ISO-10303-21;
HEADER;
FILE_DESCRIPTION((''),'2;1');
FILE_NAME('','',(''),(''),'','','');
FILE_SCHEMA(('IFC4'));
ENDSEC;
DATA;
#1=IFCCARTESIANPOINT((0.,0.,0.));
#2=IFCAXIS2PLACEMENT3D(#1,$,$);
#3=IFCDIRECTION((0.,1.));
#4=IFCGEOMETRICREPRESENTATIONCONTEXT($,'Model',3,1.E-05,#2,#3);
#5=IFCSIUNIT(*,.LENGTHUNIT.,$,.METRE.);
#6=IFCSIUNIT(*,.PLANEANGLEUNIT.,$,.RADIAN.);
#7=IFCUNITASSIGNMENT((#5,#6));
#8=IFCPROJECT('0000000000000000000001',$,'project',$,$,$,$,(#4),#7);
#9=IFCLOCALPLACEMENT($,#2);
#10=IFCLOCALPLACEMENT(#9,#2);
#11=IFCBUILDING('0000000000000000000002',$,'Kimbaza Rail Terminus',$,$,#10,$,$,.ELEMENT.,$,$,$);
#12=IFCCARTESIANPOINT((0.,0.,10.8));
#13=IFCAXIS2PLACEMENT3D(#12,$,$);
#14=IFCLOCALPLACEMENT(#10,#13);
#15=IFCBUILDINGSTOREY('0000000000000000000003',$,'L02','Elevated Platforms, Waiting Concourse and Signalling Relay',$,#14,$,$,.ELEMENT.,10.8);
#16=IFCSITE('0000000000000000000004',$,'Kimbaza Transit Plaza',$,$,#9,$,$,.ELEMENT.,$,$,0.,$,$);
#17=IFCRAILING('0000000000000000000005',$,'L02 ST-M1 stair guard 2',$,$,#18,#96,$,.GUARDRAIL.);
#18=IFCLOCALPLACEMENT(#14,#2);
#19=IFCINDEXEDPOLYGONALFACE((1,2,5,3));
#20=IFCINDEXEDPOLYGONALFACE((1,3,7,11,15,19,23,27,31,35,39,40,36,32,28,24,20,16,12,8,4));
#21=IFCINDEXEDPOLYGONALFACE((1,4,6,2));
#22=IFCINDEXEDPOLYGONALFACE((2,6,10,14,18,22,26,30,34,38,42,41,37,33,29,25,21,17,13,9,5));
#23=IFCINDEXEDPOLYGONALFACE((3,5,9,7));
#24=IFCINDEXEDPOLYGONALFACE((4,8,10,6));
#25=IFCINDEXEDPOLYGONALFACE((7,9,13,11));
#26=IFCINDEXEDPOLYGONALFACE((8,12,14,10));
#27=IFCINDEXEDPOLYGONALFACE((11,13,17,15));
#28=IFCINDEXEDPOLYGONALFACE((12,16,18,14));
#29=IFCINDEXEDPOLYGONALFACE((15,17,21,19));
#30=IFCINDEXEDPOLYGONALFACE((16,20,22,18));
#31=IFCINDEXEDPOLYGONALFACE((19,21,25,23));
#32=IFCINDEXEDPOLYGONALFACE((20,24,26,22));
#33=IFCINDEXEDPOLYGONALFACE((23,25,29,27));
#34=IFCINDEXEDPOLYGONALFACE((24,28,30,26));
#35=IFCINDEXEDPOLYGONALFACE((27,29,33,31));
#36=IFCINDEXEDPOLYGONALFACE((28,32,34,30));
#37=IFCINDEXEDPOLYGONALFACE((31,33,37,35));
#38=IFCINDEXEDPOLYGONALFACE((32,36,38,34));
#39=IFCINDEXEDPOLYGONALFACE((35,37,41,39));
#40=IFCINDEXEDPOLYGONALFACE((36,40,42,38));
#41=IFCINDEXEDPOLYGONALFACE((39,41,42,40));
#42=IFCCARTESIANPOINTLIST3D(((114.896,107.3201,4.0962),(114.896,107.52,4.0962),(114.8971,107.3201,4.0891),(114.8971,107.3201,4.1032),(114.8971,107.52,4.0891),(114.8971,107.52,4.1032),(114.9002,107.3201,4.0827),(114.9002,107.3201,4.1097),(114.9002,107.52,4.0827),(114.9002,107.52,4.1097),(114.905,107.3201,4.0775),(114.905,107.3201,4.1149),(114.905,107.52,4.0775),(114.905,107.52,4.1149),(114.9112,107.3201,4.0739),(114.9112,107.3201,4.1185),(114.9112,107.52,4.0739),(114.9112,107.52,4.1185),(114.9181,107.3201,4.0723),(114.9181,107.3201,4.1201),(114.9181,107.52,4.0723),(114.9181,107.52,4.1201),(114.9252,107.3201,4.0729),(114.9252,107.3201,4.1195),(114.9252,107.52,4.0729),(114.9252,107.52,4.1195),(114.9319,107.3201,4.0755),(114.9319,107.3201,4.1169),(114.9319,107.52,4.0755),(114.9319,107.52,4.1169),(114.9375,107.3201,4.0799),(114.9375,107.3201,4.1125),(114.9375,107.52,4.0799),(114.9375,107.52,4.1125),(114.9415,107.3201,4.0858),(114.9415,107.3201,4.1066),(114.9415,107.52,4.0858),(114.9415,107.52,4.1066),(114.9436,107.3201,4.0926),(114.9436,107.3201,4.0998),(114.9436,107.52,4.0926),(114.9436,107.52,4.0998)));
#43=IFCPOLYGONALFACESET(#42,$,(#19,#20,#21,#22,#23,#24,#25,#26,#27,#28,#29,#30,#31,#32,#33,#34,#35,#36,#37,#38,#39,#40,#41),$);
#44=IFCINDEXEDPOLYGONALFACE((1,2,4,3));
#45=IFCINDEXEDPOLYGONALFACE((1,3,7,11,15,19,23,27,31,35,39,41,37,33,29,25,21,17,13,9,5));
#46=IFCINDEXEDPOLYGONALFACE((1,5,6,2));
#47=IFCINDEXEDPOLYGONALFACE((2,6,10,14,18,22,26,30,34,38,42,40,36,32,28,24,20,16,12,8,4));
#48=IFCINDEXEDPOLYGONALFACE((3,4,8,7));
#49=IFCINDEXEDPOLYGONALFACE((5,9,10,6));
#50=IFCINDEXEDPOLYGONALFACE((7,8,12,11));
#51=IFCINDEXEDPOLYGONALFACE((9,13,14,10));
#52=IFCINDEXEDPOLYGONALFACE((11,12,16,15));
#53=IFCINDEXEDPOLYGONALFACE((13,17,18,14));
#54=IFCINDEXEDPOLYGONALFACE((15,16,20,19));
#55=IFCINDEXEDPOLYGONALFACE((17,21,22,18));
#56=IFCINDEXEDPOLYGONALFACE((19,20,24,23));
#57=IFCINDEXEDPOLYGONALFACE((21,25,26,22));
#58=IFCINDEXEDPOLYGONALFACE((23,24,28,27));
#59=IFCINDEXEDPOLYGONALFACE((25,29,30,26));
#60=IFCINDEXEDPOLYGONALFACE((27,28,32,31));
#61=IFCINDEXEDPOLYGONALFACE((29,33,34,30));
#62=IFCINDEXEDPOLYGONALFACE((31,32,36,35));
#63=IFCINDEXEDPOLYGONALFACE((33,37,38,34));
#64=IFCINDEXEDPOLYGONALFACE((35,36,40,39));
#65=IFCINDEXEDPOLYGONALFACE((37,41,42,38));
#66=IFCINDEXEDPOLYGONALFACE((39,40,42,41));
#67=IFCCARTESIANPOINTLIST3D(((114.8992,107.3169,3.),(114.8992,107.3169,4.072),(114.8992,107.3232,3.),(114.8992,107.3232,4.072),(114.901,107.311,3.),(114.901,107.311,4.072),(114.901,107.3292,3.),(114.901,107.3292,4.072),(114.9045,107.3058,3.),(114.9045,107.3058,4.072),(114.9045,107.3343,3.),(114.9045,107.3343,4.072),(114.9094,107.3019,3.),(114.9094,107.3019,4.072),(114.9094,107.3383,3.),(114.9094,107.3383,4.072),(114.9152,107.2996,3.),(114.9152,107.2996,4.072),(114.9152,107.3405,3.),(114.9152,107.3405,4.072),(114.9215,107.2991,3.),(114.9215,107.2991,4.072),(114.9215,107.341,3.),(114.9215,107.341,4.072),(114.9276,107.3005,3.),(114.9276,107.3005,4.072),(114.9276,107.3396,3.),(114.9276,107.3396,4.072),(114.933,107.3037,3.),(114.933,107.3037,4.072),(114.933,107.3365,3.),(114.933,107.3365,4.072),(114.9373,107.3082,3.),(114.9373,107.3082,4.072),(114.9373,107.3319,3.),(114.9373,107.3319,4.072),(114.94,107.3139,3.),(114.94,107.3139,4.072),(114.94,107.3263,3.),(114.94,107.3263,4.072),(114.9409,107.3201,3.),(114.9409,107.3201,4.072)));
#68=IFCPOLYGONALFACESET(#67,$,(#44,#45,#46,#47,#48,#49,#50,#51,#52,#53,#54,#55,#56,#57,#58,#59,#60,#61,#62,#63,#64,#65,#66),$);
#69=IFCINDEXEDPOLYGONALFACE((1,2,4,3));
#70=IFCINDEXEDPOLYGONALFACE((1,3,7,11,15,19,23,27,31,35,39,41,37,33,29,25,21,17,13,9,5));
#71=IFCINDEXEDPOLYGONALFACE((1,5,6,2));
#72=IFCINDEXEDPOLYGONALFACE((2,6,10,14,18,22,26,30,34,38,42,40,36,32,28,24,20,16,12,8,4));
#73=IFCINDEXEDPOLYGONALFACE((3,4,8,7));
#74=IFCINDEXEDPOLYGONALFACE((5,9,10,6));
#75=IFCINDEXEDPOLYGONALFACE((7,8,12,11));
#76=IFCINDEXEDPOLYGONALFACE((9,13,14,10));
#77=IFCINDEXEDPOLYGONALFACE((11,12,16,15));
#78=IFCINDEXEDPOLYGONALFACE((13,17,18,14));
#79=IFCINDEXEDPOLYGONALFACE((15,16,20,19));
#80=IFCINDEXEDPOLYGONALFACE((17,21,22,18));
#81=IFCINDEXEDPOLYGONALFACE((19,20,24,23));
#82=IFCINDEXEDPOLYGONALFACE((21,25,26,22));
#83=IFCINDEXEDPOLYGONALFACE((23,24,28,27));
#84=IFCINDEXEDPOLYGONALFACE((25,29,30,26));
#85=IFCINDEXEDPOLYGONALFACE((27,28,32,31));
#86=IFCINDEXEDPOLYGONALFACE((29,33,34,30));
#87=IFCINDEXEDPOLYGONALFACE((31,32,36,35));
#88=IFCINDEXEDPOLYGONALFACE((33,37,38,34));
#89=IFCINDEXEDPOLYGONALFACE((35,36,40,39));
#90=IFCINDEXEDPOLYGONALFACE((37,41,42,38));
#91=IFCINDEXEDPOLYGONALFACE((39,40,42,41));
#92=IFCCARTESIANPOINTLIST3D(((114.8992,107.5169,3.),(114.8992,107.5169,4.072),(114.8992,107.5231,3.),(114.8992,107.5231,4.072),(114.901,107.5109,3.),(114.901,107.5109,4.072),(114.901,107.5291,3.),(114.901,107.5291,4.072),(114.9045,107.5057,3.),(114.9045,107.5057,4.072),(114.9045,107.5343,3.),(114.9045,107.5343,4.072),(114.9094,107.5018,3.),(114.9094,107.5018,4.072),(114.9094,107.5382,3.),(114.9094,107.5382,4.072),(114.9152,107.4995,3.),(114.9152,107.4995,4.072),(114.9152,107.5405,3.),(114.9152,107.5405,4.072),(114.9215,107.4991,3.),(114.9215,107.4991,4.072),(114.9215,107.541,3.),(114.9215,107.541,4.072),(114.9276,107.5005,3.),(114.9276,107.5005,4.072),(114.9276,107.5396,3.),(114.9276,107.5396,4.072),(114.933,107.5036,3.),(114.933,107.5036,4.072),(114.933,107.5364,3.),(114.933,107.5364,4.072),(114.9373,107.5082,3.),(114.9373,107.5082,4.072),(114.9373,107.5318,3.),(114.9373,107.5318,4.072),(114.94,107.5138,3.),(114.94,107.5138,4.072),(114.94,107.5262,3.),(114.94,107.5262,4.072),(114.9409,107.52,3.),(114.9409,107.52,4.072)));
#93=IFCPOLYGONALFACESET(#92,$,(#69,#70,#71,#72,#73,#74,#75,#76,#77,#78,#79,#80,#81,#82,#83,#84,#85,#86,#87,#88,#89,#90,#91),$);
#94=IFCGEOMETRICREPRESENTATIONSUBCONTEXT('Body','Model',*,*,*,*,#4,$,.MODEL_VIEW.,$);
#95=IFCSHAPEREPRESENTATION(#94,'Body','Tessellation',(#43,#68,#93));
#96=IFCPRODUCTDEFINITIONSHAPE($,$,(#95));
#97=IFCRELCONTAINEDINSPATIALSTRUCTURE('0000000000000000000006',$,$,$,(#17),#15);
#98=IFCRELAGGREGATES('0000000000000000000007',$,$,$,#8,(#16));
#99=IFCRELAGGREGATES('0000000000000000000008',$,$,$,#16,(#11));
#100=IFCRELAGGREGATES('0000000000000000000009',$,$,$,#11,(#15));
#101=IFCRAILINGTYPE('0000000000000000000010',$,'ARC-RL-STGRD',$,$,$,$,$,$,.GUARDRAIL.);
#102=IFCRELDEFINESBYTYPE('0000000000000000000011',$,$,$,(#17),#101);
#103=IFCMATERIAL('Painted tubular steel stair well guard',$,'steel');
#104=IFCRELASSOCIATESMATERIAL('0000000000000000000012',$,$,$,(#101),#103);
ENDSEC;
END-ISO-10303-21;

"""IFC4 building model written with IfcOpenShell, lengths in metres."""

from ifc_helpers import new_model, si_unit, direction, frame, origin, origin_2d, place, context, subcontext, project, spatial, circle, extrude, material, type_object, element, save


model = new_model("IFC4")

# Units and contexts
model_context = context("Model", 3, precision=1e-05, world=origin(), true_north=direction((0.0, 1.0)))
body_context = subcontext(model_context, "Body", "Model", "MODEL_VIEW")
ifc_project = project(units=[si_unit("LENGTHUNIT", "METRE"), si_unit("PLANEANGLEUNIT", "RADIAN")], contexts=[model_context])

# Site, building, storey
site_placement = place(None, origin())
site = spatial("IfcSite", under=ifc_project, at=site_placement, Name="Kimbaza Transit Plaza", CompositionType="ELEMENT", RefElevation=0.0)
building_placement = place(site_placement, origin())
building = spatial("IfcBuilding", under=site, at=building_placement, Name="Kimbaza Rail Terminus", CompositionType="ELEMENT")
storey_placement = place(building_placement, frame((0.0, 0.0, 10.8)))
storey = spatial("IfcBuildingStorey", under=building, at=storey_placement, Name="L02", Description="Elevated Platforms, Waiting Concourse and Signalling Relay", CompositionType="ELEMENT", Elevation=10.8)

# Railing
ifc_material_1 = material(Name="Painted tubular steel stair well guard", Category="steel")
railing_type_1 = type_object("IfcRailingType", Name="ARC-RL-STGRD", PredefinedType="GUARDRAIL", material=ifc_material_1)
railing_1_placement = place(storey_placement, frame((114.9199, 107.3201, 3.0)))
element("IfcRailing", 1, at=railing_1_placement, inside=storey, type_object=railing_type_1, Name="L02 ST-M1 stair guard 2", PredefinedType="GUARDRAIL", context=body_context, shape_type="SweptSolid", body=[
    extrude(circle(Radius=0.0239, at=origin_2d()), frame((0.0, 0.0, 1.0962), z_axis=(0.0, 1.0, 0.0), x_axis=(-1.0, 0.0, 0.0)), (0.0, 0.0, 1.0), 0.2),
    extrude(circle(Radius=0.021, at=origin_2d()), origin(), (0.0, 0.0, 1.0), 1.072),
    extrude(circle(Radius=0.021, at=origin_2d()), frame((0.0, 0.2, 0.0)), (0.0, 0.0, 1.0), 1.072),
])

save(model, "model.ifc")
